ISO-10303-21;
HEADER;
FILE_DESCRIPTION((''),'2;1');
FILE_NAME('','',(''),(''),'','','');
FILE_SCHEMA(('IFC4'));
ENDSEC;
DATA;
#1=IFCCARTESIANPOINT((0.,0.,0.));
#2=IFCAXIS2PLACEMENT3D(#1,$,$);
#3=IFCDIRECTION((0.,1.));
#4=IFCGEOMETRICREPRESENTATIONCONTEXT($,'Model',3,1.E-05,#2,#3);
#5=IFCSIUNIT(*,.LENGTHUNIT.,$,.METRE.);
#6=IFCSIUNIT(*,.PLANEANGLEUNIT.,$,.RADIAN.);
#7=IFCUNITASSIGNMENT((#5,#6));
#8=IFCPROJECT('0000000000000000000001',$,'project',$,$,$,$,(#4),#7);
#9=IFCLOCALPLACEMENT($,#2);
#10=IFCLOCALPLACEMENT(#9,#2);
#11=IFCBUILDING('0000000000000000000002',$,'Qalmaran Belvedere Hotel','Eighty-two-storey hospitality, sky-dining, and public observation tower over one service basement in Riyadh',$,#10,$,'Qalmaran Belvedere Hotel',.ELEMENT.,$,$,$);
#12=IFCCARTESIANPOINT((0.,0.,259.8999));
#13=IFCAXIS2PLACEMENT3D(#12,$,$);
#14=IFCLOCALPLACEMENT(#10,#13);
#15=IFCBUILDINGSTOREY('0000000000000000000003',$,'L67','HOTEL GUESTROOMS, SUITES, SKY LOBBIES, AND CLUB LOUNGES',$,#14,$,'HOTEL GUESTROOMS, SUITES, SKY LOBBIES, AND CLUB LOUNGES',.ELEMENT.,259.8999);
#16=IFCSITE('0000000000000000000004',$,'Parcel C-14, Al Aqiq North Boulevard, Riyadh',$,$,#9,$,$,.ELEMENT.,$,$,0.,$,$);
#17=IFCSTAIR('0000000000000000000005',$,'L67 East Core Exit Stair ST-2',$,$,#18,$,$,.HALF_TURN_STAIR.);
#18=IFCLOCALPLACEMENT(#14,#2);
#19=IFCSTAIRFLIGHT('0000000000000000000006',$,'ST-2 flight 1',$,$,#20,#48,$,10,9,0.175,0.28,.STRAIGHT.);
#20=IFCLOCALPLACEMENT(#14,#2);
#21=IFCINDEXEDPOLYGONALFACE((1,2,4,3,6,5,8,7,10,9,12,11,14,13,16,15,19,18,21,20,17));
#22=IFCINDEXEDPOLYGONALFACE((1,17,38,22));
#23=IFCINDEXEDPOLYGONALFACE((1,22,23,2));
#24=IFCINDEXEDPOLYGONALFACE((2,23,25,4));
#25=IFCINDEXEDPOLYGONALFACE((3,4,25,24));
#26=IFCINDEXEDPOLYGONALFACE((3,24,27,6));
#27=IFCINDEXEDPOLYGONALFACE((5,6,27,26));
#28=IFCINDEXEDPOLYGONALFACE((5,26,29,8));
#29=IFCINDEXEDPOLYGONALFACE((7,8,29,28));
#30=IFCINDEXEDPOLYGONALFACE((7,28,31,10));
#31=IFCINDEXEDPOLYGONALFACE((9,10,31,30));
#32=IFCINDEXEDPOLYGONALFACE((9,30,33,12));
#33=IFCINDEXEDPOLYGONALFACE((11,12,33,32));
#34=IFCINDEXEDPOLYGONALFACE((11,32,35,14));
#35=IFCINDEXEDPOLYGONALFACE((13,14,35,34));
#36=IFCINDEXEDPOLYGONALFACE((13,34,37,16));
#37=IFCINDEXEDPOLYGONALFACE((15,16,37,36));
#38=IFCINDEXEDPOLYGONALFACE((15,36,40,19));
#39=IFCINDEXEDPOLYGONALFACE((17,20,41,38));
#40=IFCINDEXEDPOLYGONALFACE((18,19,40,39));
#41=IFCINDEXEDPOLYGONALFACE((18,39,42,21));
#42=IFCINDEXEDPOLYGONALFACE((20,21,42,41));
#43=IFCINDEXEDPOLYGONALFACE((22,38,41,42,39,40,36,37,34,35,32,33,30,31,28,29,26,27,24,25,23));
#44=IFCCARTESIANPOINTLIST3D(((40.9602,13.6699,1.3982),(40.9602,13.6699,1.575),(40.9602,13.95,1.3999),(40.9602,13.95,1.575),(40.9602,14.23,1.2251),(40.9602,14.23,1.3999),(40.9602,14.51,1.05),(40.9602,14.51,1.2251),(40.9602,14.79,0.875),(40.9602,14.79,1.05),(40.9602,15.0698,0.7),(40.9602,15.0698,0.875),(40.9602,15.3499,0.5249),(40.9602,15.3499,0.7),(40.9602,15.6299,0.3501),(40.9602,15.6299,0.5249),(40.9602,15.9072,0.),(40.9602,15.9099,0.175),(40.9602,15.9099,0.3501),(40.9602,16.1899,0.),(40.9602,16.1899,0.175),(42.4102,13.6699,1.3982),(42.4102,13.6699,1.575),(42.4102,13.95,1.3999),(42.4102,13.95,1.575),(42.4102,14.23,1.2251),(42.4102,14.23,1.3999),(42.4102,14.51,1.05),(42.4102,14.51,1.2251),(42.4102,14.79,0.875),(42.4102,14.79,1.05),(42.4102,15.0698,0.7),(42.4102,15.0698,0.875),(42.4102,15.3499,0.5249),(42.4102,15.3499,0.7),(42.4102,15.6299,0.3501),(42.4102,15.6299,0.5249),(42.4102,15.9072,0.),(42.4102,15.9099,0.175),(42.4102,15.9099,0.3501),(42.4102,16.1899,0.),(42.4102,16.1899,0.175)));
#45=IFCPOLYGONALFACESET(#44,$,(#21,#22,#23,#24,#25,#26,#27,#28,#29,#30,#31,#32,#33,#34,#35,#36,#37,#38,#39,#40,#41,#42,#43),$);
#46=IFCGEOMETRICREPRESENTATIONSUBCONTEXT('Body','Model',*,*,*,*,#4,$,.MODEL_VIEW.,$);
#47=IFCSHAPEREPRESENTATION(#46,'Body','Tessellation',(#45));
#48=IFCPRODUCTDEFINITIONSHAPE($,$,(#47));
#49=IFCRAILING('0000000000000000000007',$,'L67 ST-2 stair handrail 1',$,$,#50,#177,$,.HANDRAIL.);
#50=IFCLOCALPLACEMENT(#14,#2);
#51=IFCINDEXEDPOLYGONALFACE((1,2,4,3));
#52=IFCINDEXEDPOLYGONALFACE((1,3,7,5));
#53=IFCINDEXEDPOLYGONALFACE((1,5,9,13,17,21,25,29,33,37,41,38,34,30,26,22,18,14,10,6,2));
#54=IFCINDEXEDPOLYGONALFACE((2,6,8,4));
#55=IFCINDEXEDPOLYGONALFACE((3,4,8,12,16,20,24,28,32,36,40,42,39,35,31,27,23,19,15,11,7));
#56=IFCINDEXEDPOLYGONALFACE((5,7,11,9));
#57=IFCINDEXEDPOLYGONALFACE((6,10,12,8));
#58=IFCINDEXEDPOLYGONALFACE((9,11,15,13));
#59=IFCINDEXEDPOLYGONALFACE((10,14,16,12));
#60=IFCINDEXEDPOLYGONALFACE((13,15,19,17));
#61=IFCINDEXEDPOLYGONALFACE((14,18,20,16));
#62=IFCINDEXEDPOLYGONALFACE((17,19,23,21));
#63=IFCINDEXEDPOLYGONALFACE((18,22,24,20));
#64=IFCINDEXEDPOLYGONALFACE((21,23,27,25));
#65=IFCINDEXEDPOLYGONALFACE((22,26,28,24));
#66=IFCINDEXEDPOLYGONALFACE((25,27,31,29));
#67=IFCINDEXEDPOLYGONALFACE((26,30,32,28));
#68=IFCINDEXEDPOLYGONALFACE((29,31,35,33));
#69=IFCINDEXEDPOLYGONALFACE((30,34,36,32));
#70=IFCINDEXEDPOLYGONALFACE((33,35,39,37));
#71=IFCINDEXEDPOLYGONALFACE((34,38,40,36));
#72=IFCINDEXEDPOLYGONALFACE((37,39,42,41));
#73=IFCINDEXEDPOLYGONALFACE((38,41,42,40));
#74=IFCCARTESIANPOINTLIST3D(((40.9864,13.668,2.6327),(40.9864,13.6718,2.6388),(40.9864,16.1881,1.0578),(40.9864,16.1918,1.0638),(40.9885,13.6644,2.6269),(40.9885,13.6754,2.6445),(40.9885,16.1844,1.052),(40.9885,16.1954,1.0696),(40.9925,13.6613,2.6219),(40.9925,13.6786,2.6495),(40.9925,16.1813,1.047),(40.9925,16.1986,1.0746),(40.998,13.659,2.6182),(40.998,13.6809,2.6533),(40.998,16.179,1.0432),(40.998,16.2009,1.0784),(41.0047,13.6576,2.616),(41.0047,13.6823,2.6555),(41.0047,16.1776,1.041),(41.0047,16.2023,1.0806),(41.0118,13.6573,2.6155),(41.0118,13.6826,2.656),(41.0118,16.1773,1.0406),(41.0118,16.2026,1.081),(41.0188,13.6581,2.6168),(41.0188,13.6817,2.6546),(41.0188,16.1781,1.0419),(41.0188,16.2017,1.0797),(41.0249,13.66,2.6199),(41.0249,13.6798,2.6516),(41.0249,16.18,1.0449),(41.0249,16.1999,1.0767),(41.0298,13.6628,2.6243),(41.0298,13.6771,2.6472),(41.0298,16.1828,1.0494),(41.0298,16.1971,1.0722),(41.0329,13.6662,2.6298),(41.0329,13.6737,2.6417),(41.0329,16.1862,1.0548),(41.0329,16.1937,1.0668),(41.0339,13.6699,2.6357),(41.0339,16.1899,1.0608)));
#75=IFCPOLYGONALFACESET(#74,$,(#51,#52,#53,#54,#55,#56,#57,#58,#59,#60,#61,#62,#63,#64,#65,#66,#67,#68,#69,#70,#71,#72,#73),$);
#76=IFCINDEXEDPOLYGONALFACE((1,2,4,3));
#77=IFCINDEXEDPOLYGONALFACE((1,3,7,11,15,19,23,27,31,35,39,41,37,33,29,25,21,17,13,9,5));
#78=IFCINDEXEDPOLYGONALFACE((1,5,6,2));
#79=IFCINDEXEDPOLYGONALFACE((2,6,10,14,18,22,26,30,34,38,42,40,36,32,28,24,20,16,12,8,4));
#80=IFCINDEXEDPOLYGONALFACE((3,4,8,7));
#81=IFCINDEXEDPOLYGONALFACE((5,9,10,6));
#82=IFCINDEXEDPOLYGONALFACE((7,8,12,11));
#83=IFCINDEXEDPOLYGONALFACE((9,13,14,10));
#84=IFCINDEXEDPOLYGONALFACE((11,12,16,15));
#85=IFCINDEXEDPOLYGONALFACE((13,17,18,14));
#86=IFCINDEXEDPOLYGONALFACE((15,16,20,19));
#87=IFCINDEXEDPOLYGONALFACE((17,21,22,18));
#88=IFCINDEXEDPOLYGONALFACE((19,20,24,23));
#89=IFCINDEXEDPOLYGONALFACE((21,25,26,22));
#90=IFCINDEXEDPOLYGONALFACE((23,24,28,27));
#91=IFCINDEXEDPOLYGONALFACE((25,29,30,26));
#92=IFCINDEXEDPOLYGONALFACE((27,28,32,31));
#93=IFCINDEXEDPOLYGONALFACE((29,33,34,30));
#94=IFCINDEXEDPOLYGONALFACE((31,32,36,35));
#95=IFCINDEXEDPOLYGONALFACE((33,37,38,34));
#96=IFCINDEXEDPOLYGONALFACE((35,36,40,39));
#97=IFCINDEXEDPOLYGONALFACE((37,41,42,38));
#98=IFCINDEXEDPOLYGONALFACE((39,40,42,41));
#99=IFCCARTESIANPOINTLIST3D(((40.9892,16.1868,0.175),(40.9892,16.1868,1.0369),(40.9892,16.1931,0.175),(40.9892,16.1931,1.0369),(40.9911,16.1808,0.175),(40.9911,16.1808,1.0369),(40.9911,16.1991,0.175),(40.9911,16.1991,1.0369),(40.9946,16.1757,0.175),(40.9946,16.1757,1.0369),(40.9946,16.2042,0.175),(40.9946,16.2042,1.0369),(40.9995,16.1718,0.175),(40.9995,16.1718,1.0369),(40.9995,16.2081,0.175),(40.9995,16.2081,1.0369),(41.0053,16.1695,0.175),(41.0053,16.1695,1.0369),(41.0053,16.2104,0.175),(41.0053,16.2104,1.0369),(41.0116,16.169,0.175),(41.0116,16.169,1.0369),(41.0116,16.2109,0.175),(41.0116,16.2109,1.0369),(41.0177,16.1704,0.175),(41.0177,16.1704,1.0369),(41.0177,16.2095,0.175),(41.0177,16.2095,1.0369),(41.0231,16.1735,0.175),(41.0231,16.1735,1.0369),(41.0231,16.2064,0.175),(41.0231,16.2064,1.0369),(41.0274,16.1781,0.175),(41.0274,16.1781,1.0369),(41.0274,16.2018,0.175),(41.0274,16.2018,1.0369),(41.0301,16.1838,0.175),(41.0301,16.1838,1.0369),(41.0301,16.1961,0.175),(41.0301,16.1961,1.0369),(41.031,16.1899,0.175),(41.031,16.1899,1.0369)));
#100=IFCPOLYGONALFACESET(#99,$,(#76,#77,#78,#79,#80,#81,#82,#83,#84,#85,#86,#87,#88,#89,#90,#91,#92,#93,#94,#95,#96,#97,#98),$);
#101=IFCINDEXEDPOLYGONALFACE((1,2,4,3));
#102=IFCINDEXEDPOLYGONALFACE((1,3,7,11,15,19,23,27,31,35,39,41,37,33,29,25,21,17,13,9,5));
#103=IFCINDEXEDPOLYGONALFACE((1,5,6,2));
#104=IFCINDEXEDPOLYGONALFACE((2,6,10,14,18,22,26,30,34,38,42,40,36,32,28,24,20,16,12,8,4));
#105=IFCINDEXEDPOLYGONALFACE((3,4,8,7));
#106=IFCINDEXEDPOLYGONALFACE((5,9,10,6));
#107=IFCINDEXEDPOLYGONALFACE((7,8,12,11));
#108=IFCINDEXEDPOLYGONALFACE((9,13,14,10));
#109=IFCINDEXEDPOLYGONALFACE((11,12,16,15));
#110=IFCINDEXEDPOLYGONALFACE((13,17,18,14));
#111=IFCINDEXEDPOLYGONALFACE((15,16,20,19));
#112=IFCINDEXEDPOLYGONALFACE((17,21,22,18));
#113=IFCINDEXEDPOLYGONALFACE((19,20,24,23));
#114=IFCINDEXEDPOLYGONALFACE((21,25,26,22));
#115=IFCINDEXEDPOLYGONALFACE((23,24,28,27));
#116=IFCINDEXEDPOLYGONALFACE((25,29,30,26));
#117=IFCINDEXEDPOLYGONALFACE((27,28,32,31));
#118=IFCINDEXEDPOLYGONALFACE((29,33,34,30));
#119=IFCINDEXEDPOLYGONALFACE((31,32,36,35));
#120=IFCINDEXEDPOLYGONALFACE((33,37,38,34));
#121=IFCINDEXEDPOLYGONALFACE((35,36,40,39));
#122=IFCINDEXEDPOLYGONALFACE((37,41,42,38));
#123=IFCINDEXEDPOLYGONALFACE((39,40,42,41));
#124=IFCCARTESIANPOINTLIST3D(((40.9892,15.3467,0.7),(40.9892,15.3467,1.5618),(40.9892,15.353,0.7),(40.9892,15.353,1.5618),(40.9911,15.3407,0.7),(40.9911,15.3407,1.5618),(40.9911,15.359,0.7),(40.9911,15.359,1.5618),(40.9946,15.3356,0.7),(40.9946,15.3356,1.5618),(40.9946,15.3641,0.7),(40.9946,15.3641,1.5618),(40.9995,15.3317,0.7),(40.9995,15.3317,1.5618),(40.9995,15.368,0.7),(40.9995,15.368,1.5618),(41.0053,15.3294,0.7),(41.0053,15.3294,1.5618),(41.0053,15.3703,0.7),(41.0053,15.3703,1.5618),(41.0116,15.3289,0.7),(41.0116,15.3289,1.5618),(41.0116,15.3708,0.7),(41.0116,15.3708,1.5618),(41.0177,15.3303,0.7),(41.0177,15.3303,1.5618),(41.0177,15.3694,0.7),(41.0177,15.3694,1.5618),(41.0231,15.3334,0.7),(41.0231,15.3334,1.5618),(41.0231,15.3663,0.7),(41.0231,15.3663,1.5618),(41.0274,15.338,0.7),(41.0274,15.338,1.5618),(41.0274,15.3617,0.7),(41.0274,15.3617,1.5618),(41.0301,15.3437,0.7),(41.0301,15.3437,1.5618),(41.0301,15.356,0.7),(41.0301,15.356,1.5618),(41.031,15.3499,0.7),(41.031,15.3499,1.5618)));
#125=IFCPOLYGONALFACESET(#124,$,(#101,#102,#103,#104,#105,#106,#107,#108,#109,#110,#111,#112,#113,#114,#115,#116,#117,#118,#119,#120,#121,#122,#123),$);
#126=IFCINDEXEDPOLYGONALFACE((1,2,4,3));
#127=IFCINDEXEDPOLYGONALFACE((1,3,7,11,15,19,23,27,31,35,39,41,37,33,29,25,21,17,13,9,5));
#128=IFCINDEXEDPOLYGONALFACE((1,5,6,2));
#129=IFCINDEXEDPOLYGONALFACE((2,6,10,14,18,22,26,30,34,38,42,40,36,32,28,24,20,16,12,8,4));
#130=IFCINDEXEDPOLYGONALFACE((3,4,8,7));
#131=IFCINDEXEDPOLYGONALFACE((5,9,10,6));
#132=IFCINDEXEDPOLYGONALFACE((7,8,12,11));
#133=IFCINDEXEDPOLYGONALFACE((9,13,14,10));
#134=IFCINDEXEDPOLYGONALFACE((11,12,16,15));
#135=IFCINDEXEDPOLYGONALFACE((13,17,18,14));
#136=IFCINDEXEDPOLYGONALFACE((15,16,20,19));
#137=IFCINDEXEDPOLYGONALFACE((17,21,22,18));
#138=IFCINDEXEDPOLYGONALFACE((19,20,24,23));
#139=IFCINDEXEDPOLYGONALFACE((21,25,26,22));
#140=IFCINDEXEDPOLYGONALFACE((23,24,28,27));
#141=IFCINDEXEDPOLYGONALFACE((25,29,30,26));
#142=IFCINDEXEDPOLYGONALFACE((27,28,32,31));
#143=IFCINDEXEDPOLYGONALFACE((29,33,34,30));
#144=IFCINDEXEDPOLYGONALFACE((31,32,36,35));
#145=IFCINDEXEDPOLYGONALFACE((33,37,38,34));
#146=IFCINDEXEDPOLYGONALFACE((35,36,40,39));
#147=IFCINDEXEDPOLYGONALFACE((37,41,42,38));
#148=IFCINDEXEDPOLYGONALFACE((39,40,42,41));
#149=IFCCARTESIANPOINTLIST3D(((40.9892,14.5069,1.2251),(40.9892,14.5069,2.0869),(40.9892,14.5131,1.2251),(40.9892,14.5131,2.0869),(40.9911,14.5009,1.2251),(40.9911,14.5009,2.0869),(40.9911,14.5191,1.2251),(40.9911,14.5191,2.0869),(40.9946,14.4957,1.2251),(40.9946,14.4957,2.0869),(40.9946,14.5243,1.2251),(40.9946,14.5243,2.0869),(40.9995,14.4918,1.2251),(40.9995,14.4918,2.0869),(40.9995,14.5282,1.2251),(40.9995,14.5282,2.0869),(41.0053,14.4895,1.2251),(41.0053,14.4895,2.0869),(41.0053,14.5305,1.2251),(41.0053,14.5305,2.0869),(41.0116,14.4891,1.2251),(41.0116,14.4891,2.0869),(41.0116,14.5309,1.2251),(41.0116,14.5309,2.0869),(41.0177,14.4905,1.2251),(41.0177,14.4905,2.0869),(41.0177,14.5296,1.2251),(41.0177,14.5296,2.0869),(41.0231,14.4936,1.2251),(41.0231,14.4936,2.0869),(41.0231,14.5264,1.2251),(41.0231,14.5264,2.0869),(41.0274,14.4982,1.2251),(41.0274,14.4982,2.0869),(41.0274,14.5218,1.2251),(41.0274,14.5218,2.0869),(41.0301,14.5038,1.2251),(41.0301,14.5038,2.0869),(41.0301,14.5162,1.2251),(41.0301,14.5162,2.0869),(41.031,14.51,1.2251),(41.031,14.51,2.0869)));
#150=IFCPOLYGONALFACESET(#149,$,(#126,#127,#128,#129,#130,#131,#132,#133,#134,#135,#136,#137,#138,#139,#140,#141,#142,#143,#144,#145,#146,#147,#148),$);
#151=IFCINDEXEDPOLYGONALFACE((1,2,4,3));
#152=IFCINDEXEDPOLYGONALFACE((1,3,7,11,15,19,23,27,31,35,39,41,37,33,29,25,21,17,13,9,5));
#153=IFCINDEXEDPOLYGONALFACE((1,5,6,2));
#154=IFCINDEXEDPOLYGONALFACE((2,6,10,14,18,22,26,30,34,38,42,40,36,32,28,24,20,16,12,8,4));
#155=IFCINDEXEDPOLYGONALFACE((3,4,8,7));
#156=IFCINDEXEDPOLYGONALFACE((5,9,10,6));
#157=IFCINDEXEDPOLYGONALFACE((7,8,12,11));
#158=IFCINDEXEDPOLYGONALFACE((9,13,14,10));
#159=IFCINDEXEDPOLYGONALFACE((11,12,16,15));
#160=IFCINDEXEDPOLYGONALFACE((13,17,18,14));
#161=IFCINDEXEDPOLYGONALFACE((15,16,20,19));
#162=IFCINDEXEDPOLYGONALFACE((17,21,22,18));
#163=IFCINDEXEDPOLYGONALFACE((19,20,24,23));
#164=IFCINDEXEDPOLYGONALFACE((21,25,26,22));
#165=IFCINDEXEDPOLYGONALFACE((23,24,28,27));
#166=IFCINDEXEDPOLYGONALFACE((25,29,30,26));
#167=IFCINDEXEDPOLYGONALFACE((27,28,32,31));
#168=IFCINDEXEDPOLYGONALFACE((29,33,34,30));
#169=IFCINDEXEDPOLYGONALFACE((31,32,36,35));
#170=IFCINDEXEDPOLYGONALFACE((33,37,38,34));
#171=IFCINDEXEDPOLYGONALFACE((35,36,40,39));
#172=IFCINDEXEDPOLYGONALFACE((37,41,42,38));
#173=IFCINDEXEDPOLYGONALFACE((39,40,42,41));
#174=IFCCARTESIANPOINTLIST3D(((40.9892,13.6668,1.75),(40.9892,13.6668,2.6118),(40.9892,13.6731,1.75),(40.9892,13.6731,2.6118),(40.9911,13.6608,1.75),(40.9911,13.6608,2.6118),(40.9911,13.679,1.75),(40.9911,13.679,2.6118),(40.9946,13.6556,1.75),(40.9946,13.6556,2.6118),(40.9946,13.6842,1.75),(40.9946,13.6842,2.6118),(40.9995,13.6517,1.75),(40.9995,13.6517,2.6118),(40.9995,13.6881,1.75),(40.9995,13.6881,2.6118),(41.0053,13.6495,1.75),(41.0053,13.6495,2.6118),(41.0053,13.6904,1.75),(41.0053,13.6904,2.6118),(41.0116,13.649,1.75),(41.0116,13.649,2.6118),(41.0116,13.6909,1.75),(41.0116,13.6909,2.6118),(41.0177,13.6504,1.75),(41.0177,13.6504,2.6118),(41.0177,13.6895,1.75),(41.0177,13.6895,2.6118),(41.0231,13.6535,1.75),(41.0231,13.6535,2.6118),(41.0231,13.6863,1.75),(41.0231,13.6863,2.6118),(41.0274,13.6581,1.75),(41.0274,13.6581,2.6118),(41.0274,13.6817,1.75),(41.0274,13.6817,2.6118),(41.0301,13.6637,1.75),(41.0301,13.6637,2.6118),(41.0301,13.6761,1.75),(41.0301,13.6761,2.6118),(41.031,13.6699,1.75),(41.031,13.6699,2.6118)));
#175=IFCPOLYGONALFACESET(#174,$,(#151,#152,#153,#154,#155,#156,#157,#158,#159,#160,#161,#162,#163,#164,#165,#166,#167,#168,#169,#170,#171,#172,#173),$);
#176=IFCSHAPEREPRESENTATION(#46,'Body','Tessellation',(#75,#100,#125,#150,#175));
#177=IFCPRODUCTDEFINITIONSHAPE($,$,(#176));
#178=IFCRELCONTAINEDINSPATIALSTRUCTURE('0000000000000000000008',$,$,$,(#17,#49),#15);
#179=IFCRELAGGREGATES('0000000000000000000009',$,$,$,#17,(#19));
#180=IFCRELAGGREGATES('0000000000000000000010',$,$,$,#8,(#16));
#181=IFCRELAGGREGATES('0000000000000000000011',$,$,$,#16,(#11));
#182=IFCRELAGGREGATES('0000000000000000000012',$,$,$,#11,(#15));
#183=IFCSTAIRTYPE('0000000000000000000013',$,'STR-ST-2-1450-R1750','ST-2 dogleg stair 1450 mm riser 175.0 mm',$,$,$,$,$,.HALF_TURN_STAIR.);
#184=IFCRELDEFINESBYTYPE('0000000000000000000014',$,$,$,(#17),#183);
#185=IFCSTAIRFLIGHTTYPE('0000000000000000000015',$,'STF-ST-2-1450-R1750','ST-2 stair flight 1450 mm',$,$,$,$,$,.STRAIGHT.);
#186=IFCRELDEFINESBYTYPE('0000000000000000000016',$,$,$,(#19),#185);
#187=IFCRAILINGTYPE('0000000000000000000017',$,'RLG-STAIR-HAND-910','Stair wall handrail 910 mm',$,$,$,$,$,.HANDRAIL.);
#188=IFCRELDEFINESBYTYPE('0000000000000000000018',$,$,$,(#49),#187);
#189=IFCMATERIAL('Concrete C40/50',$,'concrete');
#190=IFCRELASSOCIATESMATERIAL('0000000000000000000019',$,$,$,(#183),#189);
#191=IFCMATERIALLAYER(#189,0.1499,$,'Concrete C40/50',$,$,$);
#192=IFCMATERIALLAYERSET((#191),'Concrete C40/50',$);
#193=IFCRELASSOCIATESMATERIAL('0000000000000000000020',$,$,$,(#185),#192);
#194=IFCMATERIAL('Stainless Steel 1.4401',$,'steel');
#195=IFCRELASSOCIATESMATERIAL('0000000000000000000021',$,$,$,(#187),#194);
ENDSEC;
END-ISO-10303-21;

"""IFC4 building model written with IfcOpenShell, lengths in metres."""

from ifc_helpers import new_model, si_unit, direction, frame, origin, origin_2d, place, context, subcontext, project, spatial, polyline, circle, outline, extrude, material, layer, layer_set, type_object, element, aggregate, save


model = new_model("IFC4")

# Units and contexts
model_context = context("Model", 3, precision=1e-05, world=origin(), true_north=direction((0.0, 1.0)))
body_context = subcontext(model_context, "Body", "Model", "MODEL_VIEW")
ifc_project = project(units=[si_unit("LENGTHUNIT", "METRE"), si_unit("PLANEANGLEUNIT", "RADIAN")], contexts=[model_context])

# Site, building, storey
site_placement = place(None, origin())
site = spatial("IfcSite", under=ifc_project, at=site_placement, Name="Parcel C-14, Al Aqiq North Boulevard, Riyadh", CompositionType="ELEMENT", RefElevation=0.0)
building_placement = place(site_placement, origin())
building = spatial("IfcBuilding", under=site, at=building_placement, Name="Qalmaran Belvedere Hotel", Description="Eighty-two-storey hospitality, sky-dining, and public observation tower over one service basement in Riyadh", LongName="Qalmaran Belvedere Hotel", CompositionType="ELEMENT")
storey_placement = place(building_placement, frame((0.0, 0.0, 259.8999)))
storey = spatial("IfcBuildingStorey", under=building, at=storey_placement, Name="L67", Description="HOTEL GUESTROOMS, SUITES, SKY LOBBIES, AND CLUB LOUNGES", LongName="HOTEL GUESTROOMS, SUITES, SKY LOBBIES, AND CLUB LOUNGES", CompositionType="ELEMENT", Elevation=259.8999)

# Shared definitions
ifc_material_1 = material(Name="Stainless Steel 1.4401", Category="steel")

# Stair, stair flight
ifc_material_2 = material(Name="Concrete C40/50", Category="concrete")
stair_type = type_object("IfcStairType", Name="STR-ST-2-1450-R1750", Description="ST-2 dogleg stair 1450 mm riser 175.0 mm", PredefinedType="HALF_TURN_STAIR", material=ifc_material_2)
stair_placement = place(storey_placement, origin())
stair = element("IfcStair", 1, at=stair_placement, inside=storey, type_object=stair_type, Name="L67 East Core Exit Stair ST-2", PredefinedType="HALF_TURN_STAIR")
ifc_layer_1 = layer(ifc_material_2, 0.1499, Name="Concrete C40/50")
ifc_layer_set_1 = layer_set([ifc_layer_1], Name="Concrete C40/50")
stair_flight_type = type_object("IfcStairFlightType", Name="STF-ST-2-1450-R1750", Description="ST-2 stair flight 1450 mm", PredefinedType="STRAIGHT", material=ifc_layer_set_1)
stair_flight_placement = place(storey_placement, frame((41.6851, 16.1899, 0.0), z_axis=(0.0, 0.0, 1.0), x_axis=(0.0, -1.0, 0.0)))
stair_flight = element("IfcStairFlight", 2, at=stair_flight_placement, type_object=stair_flight_type, Name="ST-2 flight 1", NumberOfRisers=10, NumberOfTreads=9, PredefinedType="STRAIGHT", RiserHeight=0.175, TreadLength=0.28, context=body_context, shape_type="SweptSolid", body=[
    extrude(outline(polyline([(0.0, 0.0), (0.0, 0.175), (0.28, 0.175), (0.28, 0.3501), (0.5601, 0.3501), (0.5601, 0.5249), (0.8401, 0.5249), (0.8401, 0.7), (1.1201, 0.7), (1.1201, 0.875), (1.3999, 0.875), (1.3999, 1.05), (1.6799, 1.05), (1.6799, 1.2251), (1.96, 1.2251), (1.96, 1.3999), (2.24, 1.3999), (2.24, 1.575), (2.52, 1.575), (2.52, 1.75), (2.52, 1.3982), (0.2827, 0.0), (0.0, 0.0)])), frame((0.0, 0.7251, 0.0), z_axis=(0.0, -1.0, 0.0), x_axis=(1.0, 0.0, 0.0)), (0.0, 0.0, 1.0), 1.45),
])
aggregate(stair, [stair_flight])

# Railing
railing_type = type_object("IfcRailingType", Name="RLG-STAIR-HAND-910", Description="Stair wall handrail 910 mm", PredefinedType="HANDRAIL", material=ifc_material_1)
railing_placement = place(storey_placement, frame((41.01, 16.1899, 0.175)))
element("IfcRailing", 3, at=railing_placement, inside=storey, type_object=railing_type, Name="L67 ST-2 stair handrail 1", PredefinedType="HANDRAIL", context=body_context, shape_type="SweptSolid", body=[
    extrude(circle(Radius=0.0239, at=origin_2d()), frame((0.0, 0.0, 0.8857), z_axis=(0.0, -0.848008, 0.529984), x_axis=(1.0, 0.0, 0.0)), (0.0, 0.0, 1.0), 2.9717),
    extrude(circle(Radius=0.021, at=origin_2d()), origin(), (0.0, 0.0, 1.0), 0.8618),
    extrude(circle(Radius=0.021, at=origin_2d()), frame((0.0, -0.8401, 0.5249)), (0.0, 0.0, 1.0), 0.8618),
    extrude(circle(Radius=0.021, at=origin_2d()), frame((0.0, -1.6799, 1.05)), (0.0, 0.0, 1.0), 0.8618),
    extrude(circle(Radius=0.021, at=origin_2d()), frame((0.0, -2.52, 1.575)), (0.0, 0.0, 1.0), 0.8618),
])

save(model, "model.ifc")
